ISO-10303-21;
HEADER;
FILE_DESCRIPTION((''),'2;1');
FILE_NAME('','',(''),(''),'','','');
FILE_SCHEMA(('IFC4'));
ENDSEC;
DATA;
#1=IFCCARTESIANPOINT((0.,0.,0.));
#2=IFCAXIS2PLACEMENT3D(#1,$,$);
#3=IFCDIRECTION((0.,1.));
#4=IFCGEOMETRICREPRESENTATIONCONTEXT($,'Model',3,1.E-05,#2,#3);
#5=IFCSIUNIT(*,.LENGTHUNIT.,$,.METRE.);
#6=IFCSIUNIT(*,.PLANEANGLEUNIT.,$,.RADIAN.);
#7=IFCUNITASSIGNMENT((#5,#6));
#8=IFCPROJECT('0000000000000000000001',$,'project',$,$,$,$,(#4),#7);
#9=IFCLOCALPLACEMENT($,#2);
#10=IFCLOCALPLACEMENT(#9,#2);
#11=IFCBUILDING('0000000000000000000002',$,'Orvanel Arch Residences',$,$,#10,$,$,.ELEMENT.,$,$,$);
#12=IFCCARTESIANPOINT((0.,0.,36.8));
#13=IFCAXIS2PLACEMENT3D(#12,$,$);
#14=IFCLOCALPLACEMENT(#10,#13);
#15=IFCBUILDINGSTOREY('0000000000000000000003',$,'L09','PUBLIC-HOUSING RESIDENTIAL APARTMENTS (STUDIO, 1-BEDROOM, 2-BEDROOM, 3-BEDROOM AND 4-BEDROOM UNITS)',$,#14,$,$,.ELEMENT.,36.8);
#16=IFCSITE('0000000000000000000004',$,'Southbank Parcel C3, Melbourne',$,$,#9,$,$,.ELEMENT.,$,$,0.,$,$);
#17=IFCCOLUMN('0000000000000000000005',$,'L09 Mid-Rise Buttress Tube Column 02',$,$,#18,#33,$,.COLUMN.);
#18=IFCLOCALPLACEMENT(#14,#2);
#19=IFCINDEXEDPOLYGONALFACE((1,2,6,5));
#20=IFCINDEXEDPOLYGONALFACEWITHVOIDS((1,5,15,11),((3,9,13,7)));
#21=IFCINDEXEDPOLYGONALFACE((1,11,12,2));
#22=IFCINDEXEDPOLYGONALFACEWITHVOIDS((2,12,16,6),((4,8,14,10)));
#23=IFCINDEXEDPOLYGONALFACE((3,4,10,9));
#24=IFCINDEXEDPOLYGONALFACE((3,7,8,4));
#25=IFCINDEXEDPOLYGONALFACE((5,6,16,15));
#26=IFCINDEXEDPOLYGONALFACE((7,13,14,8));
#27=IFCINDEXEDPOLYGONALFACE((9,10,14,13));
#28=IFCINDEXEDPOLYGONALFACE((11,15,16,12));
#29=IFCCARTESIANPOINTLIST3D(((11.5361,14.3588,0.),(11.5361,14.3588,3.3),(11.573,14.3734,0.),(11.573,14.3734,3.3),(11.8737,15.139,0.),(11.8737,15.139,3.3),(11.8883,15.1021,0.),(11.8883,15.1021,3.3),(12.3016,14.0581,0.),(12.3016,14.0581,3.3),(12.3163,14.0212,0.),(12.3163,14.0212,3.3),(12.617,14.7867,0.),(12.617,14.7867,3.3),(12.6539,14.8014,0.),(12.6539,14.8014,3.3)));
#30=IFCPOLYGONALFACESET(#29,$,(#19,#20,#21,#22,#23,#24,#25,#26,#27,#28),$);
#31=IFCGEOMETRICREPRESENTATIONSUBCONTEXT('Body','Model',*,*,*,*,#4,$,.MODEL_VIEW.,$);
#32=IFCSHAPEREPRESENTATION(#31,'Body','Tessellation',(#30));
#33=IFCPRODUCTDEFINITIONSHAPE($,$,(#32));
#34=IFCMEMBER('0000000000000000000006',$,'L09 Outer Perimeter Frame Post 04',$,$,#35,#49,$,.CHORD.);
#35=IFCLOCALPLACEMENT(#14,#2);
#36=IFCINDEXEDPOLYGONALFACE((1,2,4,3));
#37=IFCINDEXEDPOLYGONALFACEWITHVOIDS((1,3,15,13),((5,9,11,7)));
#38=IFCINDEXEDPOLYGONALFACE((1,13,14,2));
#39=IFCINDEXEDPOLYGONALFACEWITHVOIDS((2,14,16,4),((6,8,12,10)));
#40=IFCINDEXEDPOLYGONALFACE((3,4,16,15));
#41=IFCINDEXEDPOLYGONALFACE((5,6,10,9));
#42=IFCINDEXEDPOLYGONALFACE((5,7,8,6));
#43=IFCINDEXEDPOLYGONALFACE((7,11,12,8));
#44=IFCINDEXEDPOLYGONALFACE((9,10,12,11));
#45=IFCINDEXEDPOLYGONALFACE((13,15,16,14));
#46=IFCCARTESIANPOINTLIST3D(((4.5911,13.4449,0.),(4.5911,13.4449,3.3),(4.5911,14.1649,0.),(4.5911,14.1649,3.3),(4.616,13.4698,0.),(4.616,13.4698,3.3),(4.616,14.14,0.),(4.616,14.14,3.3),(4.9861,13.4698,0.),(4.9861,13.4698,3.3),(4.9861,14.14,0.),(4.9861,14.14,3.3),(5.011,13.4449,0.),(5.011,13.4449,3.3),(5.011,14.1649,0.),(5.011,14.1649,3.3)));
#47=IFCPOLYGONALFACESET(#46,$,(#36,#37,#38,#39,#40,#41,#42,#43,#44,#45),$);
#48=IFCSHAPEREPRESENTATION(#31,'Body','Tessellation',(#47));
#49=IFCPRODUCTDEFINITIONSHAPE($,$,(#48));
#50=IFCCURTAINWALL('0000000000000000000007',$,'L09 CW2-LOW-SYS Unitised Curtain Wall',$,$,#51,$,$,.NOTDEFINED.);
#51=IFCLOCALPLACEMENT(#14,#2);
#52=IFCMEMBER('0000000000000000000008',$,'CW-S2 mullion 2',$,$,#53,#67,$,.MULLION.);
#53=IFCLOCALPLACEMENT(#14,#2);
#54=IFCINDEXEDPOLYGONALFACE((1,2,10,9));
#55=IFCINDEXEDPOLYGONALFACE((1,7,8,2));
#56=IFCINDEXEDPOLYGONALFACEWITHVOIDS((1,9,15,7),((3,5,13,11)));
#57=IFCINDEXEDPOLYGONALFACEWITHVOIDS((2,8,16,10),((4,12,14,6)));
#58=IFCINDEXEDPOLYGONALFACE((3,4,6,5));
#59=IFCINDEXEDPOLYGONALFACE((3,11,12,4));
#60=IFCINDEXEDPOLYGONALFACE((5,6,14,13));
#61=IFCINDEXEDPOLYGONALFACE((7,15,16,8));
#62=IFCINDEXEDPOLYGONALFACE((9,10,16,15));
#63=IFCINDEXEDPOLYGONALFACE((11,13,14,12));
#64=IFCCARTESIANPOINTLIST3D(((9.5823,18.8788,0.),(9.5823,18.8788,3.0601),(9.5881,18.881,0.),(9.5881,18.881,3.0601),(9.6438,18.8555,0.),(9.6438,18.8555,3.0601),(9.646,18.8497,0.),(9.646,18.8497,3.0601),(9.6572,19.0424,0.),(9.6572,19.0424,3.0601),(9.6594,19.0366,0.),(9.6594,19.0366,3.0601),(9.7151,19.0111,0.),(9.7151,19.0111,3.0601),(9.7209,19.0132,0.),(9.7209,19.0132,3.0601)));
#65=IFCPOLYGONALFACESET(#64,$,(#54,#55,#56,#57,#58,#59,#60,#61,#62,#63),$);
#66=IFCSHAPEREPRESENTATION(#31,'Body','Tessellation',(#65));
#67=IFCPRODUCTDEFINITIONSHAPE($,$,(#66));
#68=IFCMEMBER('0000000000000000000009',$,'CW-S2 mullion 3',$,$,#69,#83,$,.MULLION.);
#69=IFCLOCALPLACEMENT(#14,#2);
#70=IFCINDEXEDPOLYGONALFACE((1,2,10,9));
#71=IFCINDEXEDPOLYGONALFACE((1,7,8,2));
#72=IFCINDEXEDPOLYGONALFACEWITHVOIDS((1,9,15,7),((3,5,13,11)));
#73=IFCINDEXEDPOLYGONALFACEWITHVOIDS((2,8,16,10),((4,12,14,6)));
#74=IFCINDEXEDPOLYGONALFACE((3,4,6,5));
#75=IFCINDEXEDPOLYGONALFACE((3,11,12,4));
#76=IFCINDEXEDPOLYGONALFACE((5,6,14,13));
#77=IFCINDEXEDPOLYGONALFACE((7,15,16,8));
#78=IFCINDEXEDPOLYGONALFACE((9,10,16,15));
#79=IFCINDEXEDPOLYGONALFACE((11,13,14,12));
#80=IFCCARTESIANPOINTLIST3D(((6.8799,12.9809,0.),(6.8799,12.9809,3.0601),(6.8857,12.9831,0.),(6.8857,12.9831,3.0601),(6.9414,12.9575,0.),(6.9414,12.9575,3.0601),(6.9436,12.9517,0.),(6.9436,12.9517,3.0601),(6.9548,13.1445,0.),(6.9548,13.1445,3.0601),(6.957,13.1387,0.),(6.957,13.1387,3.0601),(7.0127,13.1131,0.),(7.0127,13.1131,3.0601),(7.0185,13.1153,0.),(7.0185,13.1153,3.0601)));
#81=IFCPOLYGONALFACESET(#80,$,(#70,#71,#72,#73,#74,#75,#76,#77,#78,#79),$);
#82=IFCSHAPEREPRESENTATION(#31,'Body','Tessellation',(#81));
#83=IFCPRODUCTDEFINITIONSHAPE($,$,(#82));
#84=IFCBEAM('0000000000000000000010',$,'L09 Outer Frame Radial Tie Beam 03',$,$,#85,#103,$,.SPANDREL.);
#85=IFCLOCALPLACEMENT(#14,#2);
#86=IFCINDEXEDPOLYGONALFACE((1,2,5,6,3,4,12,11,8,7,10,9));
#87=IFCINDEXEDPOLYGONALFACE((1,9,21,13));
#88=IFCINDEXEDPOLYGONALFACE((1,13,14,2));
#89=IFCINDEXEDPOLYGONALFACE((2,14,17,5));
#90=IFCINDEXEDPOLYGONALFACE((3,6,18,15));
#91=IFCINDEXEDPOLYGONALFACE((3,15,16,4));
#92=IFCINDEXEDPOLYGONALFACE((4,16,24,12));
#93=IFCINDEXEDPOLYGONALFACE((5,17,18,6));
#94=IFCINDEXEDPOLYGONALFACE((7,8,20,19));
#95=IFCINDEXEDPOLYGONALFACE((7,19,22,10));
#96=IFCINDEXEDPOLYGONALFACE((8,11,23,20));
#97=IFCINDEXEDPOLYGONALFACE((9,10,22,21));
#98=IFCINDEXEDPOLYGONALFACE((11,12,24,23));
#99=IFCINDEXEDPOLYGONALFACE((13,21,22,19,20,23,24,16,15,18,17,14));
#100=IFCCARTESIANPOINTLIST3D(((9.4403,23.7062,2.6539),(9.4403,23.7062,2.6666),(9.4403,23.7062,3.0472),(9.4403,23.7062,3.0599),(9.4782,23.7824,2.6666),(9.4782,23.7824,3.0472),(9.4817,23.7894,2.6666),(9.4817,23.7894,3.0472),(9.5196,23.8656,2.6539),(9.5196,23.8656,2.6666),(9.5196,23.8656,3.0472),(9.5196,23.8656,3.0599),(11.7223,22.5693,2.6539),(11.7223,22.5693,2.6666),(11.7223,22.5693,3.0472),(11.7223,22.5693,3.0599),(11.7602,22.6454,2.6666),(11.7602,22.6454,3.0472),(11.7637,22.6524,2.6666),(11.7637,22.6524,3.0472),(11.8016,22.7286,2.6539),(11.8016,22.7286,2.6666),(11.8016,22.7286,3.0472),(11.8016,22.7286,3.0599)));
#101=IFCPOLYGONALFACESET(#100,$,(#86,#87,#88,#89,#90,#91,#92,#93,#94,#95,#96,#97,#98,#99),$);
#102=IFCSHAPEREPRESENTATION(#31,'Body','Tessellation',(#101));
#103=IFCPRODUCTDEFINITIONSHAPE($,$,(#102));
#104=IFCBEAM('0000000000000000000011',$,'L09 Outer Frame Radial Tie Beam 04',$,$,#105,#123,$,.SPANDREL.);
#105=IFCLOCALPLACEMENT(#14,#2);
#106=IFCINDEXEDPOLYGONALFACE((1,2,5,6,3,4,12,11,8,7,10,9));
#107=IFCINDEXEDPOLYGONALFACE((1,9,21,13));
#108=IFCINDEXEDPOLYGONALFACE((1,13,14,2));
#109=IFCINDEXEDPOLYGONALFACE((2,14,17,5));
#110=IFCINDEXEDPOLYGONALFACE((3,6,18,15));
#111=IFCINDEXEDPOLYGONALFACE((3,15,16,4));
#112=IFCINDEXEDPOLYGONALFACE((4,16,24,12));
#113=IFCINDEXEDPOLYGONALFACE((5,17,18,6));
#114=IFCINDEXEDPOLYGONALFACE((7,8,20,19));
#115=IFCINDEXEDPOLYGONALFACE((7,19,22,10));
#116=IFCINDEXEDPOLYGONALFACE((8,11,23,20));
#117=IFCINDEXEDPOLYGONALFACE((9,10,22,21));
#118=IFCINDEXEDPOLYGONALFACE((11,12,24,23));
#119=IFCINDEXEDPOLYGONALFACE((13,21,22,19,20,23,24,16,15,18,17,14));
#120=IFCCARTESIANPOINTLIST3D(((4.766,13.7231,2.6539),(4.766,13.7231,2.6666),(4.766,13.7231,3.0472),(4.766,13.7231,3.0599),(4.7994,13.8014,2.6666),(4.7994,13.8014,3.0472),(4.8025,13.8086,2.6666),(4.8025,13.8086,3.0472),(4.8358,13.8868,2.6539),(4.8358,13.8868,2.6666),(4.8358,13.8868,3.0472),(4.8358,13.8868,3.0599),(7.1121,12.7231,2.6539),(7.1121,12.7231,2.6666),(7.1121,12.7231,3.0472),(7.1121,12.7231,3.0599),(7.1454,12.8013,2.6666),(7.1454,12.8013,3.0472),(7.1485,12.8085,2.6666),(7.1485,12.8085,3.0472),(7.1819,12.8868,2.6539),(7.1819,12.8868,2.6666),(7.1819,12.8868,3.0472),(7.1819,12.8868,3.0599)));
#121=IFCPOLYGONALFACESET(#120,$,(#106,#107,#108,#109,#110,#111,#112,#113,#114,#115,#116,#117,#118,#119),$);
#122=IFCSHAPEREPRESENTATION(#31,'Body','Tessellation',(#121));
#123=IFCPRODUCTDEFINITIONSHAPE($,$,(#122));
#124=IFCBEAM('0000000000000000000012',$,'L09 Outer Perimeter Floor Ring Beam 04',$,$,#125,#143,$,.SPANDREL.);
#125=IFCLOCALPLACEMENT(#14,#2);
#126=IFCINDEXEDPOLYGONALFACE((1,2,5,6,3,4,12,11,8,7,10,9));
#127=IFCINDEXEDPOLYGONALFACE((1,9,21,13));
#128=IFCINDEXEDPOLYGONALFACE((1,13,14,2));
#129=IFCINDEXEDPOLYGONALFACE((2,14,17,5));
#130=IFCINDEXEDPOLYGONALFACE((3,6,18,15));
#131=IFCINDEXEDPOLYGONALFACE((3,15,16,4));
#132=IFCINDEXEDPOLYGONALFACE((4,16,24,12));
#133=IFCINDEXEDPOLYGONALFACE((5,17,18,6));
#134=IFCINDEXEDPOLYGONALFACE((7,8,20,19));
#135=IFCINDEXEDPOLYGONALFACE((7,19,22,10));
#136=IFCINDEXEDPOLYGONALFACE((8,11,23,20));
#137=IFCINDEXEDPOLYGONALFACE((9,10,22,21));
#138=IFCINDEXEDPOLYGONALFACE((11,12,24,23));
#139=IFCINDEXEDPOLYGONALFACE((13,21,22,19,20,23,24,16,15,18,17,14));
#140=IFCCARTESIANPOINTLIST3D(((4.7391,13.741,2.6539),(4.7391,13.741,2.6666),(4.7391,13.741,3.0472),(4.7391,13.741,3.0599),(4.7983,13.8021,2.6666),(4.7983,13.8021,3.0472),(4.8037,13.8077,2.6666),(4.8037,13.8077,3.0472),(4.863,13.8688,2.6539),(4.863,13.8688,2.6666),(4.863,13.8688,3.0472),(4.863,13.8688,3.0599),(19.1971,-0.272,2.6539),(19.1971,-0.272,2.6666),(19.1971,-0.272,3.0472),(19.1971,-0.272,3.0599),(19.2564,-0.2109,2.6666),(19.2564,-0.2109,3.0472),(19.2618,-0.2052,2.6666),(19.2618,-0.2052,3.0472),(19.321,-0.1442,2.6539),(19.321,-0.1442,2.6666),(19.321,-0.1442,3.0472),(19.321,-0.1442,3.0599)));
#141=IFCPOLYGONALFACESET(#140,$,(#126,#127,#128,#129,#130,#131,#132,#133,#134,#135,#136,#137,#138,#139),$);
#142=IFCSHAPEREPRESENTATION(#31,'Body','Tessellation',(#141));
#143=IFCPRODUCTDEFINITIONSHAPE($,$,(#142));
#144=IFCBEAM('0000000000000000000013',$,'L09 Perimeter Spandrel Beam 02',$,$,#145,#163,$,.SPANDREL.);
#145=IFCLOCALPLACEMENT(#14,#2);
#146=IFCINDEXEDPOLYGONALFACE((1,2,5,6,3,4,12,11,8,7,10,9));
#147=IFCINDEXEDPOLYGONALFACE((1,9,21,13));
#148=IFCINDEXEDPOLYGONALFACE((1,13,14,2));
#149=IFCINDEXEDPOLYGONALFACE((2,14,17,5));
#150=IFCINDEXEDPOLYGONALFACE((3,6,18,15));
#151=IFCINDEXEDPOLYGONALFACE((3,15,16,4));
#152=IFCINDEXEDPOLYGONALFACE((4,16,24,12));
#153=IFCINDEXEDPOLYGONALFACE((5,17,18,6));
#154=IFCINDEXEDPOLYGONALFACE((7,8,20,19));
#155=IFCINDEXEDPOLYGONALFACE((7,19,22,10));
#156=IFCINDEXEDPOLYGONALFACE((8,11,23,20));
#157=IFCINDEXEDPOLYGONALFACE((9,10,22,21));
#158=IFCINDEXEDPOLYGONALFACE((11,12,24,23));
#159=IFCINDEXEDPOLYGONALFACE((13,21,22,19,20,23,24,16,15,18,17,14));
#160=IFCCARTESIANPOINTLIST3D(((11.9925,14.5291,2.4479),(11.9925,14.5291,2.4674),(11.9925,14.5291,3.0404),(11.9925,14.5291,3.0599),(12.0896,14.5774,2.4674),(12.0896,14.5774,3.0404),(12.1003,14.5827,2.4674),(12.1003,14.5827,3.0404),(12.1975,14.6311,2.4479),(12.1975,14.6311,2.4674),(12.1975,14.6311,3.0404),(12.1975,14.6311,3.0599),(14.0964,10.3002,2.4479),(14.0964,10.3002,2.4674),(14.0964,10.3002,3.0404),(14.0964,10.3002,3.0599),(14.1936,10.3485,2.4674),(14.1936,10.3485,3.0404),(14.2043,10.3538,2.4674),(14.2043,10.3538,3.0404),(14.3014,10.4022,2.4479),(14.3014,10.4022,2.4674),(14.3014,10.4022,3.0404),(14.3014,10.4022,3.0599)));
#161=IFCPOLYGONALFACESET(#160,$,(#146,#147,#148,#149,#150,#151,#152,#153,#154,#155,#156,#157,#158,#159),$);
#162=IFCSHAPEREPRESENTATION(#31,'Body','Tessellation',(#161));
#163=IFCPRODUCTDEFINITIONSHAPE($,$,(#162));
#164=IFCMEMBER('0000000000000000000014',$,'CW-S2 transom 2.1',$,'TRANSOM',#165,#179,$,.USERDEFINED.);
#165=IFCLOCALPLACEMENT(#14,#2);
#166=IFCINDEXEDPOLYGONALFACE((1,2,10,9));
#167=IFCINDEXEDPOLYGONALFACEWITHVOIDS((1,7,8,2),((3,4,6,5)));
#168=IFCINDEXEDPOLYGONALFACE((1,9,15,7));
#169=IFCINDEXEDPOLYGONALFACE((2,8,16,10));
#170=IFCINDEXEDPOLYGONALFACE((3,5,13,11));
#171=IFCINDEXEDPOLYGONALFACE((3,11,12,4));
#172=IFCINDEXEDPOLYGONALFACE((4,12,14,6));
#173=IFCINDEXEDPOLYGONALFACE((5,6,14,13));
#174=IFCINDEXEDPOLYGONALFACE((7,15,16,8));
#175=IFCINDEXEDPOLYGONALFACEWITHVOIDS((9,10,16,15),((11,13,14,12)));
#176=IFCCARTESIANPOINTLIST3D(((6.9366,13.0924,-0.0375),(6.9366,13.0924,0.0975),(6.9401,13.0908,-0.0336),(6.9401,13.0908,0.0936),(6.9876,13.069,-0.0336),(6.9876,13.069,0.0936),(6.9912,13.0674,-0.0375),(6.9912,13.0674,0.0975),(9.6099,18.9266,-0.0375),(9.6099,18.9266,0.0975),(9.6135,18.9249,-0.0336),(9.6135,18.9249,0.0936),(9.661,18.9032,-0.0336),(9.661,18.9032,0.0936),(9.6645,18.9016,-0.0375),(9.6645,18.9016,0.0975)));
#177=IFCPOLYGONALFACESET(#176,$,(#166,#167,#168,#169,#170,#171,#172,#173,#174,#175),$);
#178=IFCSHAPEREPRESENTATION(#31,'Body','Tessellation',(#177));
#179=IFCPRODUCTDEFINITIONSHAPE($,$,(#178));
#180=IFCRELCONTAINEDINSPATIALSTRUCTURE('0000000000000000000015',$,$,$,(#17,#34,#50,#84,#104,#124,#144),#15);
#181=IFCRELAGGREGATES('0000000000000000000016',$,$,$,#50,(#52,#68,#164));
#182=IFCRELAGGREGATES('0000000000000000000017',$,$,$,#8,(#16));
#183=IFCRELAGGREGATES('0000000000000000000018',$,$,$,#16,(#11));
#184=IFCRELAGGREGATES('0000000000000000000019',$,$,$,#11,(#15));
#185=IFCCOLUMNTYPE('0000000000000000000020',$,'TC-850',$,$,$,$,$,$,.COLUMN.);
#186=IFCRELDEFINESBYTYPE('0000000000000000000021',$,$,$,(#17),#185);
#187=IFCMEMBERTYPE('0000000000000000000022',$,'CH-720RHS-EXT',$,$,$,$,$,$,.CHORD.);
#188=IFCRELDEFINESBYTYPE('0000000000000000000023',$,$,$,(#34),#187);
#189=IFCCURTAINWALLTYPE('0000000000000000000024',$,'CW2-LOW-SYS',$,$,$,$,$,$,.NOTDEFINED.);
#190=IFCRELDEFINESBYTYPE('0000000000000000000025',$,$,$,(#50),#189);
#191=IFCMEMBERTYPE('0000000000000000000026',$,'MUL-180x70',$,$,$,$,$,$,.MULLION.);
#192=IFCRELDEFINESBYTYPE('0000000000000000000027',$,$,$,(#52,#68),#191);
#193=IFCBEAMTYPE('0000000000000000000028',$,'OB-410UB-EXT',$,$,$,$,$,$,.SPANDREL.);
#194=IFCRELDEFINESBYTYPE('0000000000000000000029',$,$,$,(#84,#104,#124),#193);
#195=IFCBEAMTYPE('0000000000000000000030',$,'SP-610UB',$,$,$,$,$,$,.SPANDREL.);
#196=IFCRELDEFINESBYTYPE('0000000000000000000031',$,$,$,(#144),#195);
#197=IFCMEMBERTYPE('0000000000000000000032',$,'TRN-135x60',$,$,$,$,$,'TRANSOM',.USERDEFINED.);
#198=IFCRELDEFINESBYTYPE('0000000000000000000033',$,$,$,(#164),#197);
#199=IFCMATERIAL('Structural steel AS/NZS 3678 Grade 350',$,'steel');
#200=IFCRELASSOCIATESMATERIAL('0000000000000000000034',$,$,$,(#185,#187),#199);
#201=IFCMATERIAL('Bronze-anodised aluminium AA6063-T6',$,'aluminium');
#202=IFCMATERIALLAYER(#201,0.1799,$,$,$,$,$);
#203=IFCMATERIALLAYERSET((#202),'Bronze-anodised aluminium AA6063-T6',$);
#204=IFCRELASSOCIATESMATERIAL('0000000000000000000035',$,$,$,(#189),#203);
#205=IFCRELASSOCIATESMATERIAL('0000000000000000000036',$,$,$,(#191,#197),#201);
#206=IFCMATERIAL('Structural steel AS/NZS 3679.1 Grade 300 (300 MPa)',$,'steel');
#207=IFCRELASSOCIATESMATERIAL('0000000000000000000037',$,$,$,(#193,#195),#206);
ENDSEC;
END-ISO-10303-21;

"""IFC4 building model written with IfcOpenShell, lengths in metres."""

from ifc_helpers import new_model, si_unit, direction, frame, origin, origin_2d, place, context, subcontext, project, spatial, hollow_rectangle, i_section, extrude, material, layer, layer_set, material_profile, profile_set, type_object, element, aggregate, save


model = new_model("IFC4")

# Units and contexts
model_context = context("Model", 3, precision=1e-05, world=origin(), true_north=direction((0.0, 1.0)))
body_context = subcontext(model_context, "Body", "Model", "MODEL_VIEW")
ifc_project = project(units=[si_unit("LENGTHUNIT", "METRE"), si_unit("PLANEANGLEUNIT", "RADIAN")], contexts=[model_context])

# Site, building, storey
site_placement = place(None, origin())
site = spatial("IfcSite", under=ifc_project, at=site_placement, Name="Southbank Parcel C3, Melbourne", CompositionType="ELEMENT", RefElevation=0.0)
building_placement = place(site_placement, origin())
building = spatial("IfcBuilding", under=site, at=building_placement, Name="Orvanel Arch Residences", CompositionType="ELEMENT")
storey_placement = place(building_placement, frame((0.0, 0.0, 36.8)))
storey = spatial("IfcBuildingStorey", under=building, at=storey_placement, Name="L09", Description="PUBLIC-HOUSING RESIDENTIAL APARTMENTS (STUDIO, 1-BEDROOM, 2-BEDROOM, 3-BEDROOM AND 4-BEDROOM UNITS)", CompositionType="ELEMENT", Elevation=36.8)

# Column
ifc_material_1 = material(Name="Structural steel AS/NZS 3678 Grade 350", Category="steel")
ifc_material_profile_1 = material_profile(ifc_material_1, hollow_rectangle(XDim=0.8501, YDim=0.8501, WallThickness=0.0281, at=origin_2d()), Name="BOX850x850x28")
ifc_profile_set_1 = profile_set([ifc_material_profile_1], Name="Structural steel AS/NZS 3678 Grade 350")
column_type = type_object("IfcColumnType", Name="TC-850", PredefinedType="COLUMN", material=ifc_profile_set_1)
column_placement = place(storey_placement, frame((12.095, 14.5801, 0.0), z_axis=(0.0, 0.0, 1.0), x_axis=(0.397148, 0.917755, 0.0)))
element("IfcColumn", 1, at=column_placement, inside=storey, type_object=column_type, Name="L09 Mid-Rise Buttress Tube Column 02", PredefinedType="COLUMN", context=body_context, shape_type="SweptSolid", body=[
    extrude(hollow_rectangle(XDim=0.8501, YDim=0.8501, WallThickness=0.0281, at=origin_2d()), origin(), (0.0, 0.0, 1.0), 3.3),
])

# Member
ifc_material_profile_2 = material_profile(ifc_material_1, hollow_rectangle(XDim=0.4199, YDim=0.72, WallThickness=0.0249, at=origin_2d()), Name="RHS720x420x25")
ifc_profile_set_2 = profile_set([ifc_material_profile_2], Name="Structural steel AS/NZS 3678 Grade 350")
member_type_1 = type_object("IfcMemberType", Name="CH-720RHS-EXT", PredefinedType="CHORD", material=ifc_profile_set_2)
member_1_placement = place(storey_placement, frame((4.801, 13.8049, 0.0), z_axis=(0.0, 0.0, 1.0), x_axis=(1.0, 0.0, 0.0)))
element("IfcMember", 2, at=member_1_placement, inside=storey, type_object=member_type_1, Name="L09 Outer Perimeter Frame Post 04", PredefinedType="CHORD", context=body_context, shape_type="SweptSolid", body=[
    extrude(hollow_rectangle(XDim=0.4199, YDim=0.72, WallThickness=0.0249, at=origin_2d()), origin(), (0.0, 0.0, 1.0), 3.3),
])

# Curtain wall, members
ifc_material_2 = material(Name="Bronze-anodised aluminium AA6063-T6", Category="aluminium")
ifc_layer_1 = layer(ifc_material_2, 0.1799)
ifc_layer_set_1 = layer_set([ifc_layer_1], Name="Bronze-anodised aluminium AA6063-T6")
curtain_wall_type = type_object("IfcCurtainWallType", Name="CW2-LOW-SYS", PredefinedType="NOTDEFINED", material=ifc_layer_set_1)
curtain_wall_placement = place(storey_placement, origin())
curtain_wall = element("IfcCurtainWall", 3, at=curtain_wall_placement, inside=storey, type_object=curtain_wall_type, Name="L09 CW2-LOW-SYS Unitised Curtain Wall", PredefinedType="NOTDEFINED")
ifc_material_profile_3 = material_profile(ifc_material_2, hollow_rectangle(XDim=0.0701, YDim=0.1799, WallThickness=0.0044, at=origin_2d()), Name="ALU180x70x4.5")
ifc_profile_set_3 = profile_set([ifc_material_profile_3], Name="Bronze-anodised aluminium AA6063-T6")
member_type_2 = type_object("IfcMemberType", Name="MUL-180x70", PredefinedType="MULLION", material=ifc_profile_set_3)
member_2_placement = place(storey_placement, frame((9.6516, 18.946, 0.0), z_axis=(0.0, 0.0, 1.0), x_axis=(0.909118, -0.416538, 0.0)))
member_2 = element("IfcMember", 4, at=member_2_placement, type_object=member_type_2, Name="CW-S2 mullion 2", PredefinedType="MULLION", context=body_context, shape_type="SweptSolid", body=[
    extrude(hollow_rectangle(XDim=0.0701, YDim=0.1799, WallThickness=0.0044, at=origin_2d()), origin(), (0.0, 0.0, 1.0), 3.0601),
])
member_3_placement = place(storey_placement, frame((6.9492, 13.0481, 0.0), z_axis=(0.0, 0.0, 1.0), x_axis=(0.909118, -0.416538, 0.0)))
member_3 = element("IfcMember", 5, at=member_3_placement, type_object=member_type_2, Name="CW-S2 mullion 3", PredefinedType="MULLION", context=body_context, shape_type="SweptSolid", body=[
    extrude(hollow_rectangle(XDim=0.0701, YDim=0.1799, WallThickness=0.0044, at=origin_2d()), origin(), (0.0, 0.0, 1.0), 3.0601),
])

# Beams
ifc_material_3 = material(Name="Structural steel AS/NZS 3679.1 Grade 300 (300 MPa)", Category="steel")
ifc_material_profile_4 = material_profile(ifc_material_3, i_section(OverallWidth=0.178, OverallDepth=0.406, WebThickness=0.0078, FlangeThickness=0.0127, at=origin_2d()), Name="410UB59.7")
ifc_profile_set_4 = profile_set([ifc_material_profile_4], Name="Structural steel AS/NZS 3679.1 Grade 300 (300 MPa)")
beam_type_1 = type_object("IfcBeamType", Name="OB-410UB-EXT", PredefinedType="SPANDREL", material=ifc_profile_set_4)
beam_1_placement = place(storey_placement, frame((11.762, 22.6489, 2.8569), z_axis=(-0.895058, 0.445949, 0.0), x_axis=(-0.445949, -0.895058, 0.0)))
element("IfcBeam", 6, at=beam_1_placement, inside=storey, type_object=beam_type_1, Name="L09 Outer Frame Radial Tie Beam 03", PredefinedType="SPANDREL", context=body_context, shape_type="SweptSolid", body=[
    extrude(i_section(OverallWidth=0.178, OverallDepth=0.406, WebThickness=0.0078, FlangeThickness=0.0127, at=origin_2d()), origin(), (0.0, 0.0, 1.0), 2.5496),
])
beam_2_placement = place(storey_placement, frame((7.147, 12.8049, 2.8569), z_axis=(-0.919911, 0.392128, 0.0), x_axis=(-0.392128, -0.919911, 0.0)))
element("IfcBeam", 7, at=beam_2_placement, inside=storey, type_object=beam_type_1, Name="L09 Outer Frame Radial Tie Beam 04", PredefinedType="SPANDREL", context=body_context, shape_type="SweptSolid", body=[
    extrude(i_section(OverallWidth=0.178, OverallDepth=0.406, WebThickness=0.0078, FlangeThickness=0.0127, at=origin_2d()), origin(), (0.0, 0.0, 1.0), 2.5503),
])
beam_3_placement = place(storey_placement, frame((4.801, 13.8049, 2.8569), z_axis=(0.718073, -0.695968, 0.0), x_axis=(0.695968, 0.718073, 0.0)))
element("IfcBeam", 8, at=beam_3_placement, inside=storey, type_object=beam_type_1, Name="L09 Outer Perimeter Floor Ring Beam 04", PredefinedType="SPANDREL", context=body_context, shape_type="SweptSolid", body=[
    extrude(i_section(OverallWidth=0.178, OverallDepth=0.406, WebThickness=0.0078, FlangeThickness=0.0127, at=origin_2d()), origin(), (0.0, 0.0, 1.0), 20.1345),
])
ifc_material_profile_5 = material_profile(ifc_material_3, i_section(OverallWidth=0.229, OverallDepth=0.6121, WebThickness=0.012, FlangeThickness=0.0195, at=origin_2d()), Name="610UB125")
ifc_profile_set_5 = profile_set([ifc_material_profile_5], Name="Structural steel AS/NZS 3679.1 Grade 300 (300 MPa)")
beam_type_2 = type_object("IfcBeamType", Name="SP-610UB", PredefinedType="SPANDREL", material=ifc_profile_set_5)
beam_4_placement = place(storey_placement, frame((12.095, 14.5801, 2.7539), z_axis=(0.445435, -0.895314, 0.0), x_axis=(0.895314, 0.445435, 0.0)))
element("IfcBeam", 9, at=beam_4_placement, inside=storey, type_object=beam_type_2, Name="L09 Perimeter Spandrel Beam 02", PredefinedType="SPANDREL", context=body_context, shape_type="SweptSolid", body=[
    extrude(i_section(OverallWidth=0.229, OverallDepth=0.6121, WebThickness=0.012, FlangeThickness=0.0195, at=origin_2d()), origin(), (0.0, 0.0, 1.0), 4.7234),
])

# Member
ifc_material_profile_6 = material_profile(ifc_material_2, hollow_rectangle(XDim=0.0601, YDim=0.135, WallThickness=0.0039, at=origin_2d()), Name="ALU135x60x4")
ifc_profile_set_6 = profile_set([ifc_material_profile_6], Name="Bronze-anodised aluminium AA6063-T6")
member_type_3 = type_object("IfcMemberType", Name="TRN-135x60", ElementType="TRANSOM", PredefinedType="USERDEFINED", material=ifc_profile_set_6)
member_4_placement = place(storey_placement, frame((9.6372, 18.9141, 0.03), z_axis=(-0.416567, -0.909105, 0.0), x_axis=(0.909105, -0.416567, 0.0)))
member_4 = element("IfcMember", 10, at=member_4_placement, type_object=member_type_3, Name="CW-S2 transom 2.1", ObjectType="TRANSOM", PredefinedType="USERDEFINED", context=body_context, shape_type="SweptSolid", body=[
    extrude(hollow_rectangle(XDim=0.0601, YDim=0.135, WallThickness=0.0039, at=origin_2d()), origin(), (0.0, 0.0, 1.0), 6.4175),
])

aggregate(curtain_wall, [member_2, member_3, member_4])

save(model, "model.ifc")
